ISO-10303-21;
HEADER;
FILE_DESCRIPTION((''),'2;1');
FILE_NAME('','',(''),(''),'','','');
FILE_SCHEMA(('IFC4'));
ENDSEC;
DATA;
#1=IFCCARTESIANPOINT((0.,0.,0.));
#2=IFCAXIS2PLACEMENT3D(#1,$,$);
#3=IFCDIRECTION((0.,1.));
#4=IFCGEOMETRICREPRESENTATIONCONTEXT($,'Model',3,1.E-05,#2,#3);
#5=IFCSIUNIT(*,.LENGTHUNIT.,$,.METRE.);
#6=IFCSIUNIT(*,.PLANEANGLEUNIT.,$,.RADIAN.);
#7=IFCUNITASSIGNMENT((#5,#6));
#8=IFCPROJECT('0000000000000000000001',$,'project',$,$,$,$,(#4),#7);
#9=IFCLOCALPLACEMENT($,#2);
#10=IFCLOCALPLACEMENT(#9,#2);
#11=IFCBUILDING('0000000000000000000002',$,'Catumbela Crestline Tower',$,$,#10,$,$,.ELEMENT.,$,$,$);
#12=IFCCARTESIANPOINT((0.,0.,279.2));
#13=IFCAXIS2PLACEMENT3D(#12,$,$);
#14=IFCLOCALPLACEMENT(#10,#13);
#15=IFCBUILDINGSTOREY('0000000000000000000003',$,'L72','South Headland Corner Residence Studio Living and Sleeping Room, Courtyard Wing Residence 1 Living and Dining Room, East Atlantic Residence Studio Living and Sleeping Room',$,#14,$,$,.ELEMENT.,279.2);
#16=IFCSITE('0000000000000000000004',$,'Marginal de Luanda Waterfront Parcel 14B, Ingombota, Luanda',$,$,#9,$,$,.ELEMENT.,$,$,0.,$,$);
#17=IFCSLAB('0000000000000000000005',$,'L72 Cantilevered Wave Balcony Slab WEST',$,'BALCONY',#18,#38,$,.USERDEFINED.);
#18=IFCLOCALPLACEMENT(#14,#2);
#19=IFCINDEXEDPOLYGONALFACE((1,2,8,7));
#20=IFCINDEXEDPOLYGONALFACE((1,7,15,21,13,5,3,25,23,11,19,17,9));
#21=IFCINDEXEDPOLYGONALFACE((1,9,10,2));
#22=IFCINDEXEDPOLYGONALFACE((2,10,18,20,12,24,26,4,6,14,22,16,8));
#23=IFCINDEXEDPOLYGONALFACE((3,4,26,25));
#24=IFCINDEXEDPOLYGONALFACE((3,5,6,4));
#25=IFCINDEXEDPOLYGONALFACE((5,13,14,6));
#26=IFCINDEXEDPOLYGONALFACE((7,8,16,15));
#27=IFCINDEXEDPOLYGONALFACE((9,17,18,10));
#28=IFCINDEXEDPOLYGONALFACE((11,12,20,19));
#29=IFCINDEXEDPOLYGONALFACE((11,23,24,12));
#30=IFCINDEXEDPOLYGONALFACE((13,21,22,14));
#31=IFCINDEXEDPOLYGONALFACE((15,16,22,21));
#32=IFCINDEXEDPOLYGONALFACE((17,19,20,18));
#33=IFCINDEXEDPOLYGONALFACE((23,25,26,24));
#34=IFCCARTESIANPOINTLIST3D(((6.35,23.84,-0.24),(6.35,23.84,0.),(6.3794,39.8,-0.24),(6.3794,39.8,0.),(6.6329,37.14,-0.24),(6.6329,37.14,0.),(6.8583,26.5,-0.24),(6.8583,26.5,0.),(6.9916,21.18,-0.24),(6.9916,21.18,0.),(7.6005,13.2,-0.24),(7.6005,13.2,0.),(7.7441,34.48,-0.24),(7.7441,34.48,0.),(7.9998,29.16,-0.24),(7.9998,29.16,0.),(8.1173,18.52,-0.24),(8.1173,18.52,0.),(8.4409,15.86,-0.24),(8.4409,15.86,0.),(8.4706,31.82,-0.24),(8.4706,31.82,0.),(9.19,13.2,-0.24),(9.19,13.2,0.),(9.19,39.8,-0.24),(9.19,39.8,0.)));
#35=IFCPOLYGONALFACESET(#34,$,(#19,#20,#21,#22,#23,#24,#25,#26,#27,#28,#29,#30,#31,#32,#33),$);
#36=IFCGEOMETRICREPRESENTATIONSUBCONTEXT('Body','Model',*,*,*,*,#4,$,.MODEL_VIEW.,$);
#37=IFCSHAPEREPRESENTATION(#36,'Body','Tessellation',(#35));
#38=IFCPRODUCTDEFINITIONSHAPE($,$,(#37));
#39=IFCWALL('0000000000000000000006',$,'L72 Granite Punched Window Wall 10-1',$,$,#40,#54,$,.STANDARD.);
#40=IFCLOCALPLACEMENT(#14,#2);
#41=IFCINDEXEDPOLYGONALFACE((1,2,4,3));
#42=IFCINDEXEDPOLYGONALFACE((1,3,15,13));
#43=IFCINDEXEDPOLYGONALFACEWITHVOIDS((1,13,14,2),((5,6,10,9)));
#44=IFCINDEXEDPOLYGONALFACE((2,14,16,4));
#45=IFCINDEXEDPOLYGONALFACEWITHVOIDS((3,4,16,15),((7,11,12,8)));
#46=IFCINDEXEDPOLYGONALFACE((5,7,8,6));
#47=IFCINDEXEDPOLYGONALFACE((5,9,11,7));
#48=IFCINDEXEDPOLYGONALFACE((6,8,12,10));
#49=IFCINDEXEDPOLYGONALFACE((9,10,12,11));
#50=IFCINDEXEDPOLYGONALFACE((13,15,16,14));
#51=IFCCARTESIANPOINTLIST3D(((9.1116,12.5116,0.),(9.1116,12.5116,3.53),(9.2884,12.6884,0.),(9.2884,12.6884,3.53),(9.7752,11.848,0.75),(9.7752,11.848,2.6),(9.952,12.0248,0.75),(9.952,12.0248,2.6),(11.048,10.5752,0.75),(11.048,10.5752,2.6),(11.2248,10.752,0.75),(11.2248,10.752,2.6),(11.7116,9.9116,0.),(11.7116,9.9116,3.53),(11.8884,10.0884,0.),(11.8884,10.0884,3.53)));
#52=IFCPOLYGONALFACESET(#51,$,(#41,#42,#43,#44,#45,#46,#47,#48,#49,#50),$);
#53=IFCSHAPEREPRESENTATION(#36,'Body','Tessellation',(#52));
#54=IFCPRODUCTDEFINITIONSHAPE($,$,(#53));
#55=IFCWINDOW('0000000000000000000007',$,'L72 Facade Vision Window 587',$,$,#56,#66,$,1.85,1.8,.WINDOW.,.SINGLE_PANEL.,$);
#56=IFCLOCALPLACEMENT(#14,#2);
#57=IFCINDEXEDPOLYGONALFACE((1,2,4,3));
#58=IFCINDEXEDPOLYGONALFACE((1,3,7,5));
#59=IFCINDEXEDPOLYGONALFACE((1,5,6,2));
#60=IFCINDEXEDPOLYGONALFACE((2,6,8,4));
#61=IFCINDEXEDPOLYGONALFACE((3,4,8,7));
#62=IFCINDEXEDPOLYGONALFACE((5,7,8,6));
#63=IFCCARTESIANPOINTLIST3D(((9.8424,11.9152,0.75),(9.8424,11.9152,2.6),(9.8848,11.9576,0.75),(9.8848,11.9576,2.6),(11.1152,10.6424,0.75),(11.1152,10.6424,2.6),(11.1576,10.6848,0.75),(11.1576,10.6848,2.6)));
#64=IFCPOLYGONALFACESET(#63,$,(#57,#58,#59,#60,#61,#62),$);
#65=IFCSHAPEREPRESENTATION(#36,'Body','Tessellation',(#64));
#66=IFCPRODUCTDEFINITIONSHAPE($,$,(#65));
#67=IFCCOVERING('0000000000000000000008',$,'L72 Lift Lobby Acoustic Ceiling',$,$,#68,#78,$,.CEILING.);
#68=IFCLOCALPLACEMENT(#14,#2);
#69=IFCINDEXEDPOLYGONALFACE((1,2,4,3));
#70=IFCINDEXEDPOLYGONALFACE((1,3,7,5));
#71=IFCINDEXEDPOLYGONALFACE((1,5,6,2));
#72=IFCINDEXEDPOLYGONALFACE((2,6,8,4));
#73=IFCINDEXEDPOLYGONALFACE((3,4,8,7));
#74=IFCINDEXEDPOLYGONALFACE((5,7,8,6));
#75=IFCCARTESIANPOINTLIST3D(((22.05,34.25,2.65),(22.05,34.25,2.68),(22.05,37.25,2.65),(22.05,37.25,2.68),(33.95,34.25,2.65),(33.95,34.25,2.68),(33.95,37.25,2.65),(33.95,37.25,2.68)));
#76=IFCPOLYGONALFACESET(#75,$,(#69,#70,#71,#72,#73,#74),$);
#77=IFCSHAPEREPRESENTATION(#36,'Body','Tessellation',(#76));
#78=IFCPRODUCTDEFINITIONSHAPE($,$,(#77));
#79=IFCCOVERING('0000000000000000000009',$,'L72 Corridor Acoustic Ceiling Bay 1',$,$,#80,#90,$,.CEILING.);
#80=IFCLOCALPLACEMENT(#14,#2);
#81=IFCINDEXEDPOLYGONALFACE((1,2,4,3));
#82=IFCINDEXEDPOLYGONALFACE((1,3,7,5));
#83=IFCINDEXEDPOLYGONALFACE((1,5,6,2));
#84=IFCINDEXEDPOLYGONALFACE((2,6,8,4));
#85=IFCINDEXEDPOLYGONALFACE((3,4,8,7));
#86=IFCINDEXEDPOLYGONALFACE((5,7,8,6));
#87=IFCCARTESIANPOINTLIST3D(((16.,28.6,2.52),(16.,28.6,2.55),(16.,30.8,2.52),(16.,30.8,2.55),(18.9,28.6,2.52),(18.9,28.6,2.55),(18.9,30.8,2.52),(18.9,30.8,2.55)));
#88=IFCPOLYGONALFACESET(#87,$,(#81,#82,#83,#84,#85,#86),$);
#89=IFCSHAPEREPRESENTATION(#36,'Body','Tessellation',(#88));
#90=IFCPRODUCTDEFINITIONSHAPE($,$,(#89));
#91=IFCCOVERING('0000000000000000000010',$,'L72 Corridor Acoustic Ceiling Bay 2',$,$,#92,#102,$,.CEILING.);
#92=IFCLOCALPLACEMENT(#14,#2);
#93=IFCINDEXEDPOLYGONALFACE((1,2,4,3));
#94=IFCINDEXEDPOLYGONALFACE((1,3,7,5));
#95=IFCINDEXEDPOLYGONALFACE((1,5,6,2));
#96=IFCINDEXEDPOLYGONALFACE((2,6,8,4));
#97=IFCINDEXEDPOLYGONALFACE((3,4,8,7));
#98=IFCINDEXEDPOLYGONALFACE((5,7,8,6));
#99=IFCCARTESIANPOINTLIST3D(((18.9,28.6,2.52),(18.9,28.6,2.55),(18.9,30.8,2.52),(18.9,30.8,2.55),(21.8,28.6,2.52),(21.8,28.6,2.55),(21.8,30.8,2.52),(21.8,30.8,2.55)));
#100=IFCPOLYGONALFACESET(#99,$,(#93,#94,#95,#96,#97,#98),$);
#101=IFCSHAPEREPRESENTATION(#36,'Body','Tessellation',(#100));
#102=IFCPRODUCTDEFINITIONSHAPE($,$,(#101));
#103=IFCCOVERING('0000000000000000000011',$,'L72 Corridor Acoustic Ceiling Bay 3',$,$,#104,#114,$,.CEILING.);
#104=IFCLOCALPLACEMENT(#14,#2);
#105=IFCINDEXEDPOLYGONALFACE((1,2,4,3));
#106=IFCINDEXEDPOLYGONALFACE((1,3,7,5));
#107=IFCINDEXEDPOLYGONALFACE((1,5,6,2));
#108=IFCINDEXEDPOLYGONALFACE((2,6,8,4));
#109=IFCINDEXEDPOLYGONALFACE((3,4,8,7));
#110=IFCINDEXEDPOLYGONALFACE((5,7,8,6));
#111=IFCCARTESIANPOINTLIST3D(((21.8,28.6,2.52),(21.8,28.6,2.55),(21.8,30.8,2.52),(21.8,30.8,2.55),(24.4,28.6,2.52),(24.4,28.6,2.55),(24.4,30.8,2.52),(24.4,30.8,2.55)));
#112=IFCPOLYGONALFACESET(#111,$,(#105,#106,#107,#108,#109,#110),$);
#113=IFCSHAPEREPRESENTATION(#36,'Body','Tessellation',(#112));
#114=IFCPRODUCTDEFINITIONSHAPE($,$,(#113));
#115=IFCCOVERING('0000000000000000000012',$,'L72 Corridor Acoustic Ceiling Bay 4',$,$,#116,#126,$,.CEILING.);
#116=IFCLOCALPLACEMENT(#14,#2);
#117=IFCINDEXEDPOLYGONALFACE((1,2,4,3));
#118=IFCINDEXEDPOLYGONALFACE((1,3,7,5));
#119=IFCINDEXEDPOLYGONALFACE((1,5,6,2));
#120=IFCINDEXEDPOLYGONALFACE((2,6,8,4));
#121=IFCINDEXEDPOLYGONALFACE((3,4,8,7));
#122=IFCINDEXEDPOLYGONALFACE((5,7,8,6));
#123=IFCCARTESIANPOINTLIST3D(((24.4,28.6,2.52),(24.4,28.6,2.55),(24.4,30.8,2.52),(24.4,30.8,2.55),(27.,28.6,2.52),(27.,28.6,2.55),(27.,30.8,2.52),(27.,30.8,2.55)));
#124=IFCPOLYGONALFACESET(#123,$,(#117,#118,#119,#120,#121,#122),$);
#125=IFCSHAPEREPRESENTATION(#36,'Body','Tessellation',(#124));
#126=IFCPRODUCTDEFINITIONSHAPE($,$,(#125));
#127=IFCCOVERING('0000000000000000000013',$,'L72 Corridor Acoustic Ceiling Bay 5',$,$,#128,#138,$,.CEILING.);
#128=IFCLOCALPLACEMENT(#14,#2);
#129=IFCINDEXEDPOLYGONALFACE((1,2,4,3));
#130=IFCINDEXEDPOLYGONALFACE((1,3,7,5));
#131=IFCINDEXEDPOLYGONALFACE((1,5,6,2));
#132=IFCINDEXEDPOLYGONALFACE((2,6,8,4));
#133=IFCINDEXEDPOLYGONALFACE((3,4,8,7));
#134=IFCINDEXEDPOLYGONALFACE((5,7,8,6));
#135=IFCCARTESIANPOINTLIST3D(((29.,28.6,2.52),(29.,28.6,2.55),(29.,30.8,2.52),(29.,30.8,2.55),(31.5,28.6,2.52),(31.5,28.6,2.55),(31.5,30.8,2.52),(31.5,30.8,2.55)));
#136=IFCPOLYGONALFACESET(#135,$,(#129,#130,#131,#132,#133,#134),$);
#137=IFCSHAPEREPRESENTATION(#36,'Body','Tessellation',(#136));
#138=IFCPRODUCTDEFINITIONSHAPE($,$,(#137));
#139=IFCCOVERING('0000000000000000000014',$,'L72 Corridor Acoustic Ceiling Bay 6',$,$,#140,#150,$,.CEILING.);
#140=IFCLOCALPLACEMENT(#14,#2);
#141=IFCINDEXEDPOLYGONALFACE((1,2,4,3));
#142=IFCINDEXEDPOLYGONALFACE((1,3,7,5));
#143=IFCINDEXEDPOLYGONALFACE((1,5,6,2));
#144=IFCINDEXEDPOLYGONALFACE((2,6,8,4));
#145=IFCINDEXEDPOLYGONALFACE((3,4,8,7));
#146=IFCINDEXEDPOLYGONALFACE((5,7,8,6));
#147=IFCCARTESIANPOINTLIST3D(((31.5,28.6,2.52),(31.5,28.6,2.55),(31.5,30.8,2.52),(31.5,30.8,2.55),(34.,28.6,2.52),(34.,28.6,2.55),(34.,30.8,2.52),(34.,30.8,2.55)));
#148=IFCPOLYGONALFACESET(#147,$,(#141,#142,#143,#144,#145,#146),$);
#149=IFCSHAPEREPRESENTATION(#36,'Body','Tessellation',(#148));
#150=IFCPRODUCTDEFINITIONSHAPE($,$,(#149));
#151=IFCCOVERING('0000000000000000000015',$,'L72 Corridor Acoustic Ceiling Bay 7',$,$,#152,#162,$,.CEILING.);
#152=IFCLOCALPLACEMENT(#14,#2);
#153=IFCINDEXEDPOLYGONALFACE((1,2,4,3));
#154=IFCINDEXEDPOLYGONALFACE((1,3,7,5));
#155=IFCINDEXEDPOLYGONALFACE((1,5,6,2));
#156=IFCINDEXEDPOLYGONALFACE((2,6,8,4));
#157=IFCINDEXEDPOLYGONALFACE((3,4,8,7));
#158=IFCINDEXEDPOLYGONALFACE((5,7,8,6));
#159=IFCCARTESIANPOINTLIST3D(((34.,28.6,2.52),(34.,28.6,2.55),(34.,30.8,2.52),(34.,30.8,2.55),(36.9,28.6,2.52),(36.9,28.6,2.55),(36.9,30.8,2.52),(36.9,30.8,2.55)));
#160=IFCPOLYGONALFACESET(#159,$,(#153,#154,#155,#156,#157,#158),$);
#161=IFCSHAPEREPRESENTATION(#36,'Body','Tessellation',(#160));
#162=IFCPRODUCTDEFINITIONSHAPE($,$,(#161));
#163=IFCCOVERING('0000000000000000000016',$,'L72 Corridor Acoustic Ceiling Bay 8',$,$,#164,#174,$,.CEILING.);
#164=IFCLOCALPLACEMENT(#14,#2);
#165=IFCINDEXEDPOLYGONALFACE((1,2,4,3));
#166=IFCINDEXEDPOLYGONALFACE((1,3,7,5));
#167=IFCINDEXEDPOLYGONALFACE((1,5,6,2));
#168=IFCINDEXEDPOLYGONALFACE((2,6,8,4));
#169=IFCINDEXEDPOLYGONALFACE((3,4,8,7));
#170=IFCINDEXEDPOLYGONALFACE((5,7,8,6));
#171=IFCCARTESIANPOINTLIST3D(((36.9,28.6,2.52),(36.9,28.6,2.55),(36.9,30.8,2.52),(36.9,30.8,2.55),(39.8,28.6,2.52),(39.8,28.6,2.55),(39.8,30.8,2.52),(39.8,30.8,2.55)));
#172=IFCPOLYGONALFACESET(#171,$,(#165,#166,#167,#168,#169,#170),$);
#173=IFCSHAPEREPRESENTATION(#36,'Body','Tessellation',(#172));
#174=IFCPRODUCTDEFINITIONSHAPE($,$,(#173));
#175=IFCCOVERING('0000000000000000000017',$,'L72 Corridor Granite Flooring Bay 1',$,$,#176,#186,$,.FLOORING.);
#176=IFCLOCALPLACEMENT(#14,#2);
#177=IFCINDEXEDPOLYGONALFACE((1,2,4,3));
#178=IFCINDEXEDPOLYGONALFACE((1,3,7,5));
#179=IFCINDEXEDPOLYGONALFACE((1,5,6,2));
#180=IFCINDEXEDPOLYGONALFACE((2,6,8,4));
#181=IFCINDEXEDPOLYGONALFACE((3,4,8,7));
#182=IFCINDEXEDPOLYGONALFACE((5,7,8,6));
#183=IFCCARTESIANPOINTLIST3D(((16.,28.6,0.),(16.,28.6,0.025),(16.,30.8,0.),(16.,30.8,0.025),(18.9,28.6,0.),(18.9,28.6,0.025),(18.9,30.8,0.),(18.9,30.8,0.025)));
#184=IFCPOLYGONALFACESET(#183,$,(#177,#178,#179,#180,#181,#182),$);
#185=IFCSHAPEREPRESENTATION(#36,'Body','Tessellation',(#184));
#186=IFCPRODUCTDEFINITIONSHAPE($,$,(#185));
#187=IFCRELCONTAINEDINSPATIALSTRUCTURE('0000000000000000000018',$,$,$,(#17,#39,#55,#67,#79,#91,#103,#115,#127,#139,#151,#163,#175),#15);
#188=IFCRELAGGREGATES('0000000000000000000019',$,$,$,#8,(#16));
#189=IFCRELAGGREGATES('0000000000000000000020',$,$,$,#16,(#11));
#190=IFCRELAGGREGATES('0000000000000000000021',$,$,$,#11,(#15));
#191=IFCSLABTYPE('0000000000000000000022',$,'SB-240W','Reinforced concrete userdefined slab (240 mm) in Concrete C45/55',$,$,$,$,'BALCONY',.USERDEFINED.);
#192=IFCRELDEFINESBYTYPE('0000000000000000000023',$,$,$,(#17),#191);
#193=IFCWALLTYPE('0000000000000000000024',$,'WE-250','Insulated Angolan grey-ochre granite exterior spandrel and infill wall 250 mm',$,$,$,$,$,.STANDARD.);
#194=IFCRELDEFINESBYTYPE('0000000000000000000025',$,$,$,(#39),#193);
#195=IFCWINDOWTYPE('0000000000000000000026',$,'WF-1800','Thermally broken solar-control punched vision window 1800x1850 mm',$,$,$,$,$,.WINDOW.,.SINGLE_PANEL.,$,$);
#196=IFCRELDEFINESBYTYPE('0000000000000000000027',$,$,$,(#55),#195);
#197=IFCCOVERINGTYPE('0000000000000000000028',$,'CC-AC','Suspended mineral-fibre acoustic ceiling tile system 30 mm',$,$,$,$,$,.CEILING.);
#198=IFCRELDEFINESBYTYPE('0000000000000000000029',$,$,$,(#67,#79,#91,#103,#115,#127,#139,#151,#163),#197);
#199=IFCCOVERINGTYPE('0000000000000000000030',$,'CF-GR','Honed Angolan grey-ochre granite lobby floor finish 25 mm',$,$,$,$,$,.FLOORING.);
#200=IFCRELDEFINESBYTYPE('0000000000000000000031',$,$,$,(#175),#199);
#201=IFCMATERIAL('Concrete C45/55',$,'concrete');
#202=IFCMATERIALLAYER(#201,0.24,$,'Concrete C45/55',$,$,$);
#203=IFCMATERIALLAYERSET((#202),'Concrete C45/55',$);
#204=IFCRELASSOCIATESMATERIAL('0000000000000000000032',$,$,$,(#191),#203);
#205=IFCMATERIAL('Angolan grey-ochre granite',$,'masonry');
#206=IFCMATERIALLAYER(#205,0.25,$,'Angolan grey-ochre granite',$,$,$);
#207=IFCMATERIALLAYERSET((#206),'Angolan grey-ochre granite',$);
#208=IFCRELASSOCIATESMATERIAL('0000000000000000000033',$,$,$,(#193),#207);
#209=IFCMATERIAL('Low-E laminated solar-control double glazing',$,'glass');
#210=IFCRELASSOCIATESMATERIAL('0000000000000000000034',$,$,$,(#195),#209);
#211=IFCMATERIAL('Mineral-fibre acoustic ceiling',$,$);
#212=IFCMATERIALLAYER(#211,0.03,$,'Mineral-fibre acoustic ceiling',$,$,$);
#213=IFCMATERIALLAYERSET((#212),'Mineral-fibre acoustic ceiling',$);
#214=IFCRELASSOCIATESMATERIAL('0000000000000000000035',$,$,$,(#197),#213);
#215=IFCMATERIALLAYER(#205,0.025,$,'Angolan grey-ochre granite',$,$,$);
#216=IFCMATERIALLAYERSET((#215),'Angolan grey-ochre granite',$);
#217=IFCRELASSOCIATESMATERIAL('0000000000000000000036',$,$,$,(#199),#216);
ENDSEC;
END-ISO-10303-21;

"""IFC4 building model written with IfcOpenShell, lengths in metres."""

from ifc_helpers import new_model, si_unit, direction, frame, frame_2d, origin, place, context, subcontext, project, spatial, polyline, rectangle, outline, extrude, material, layer, layer_set, type_object, element, fill, save


model = new_model("IFC4")

# Units and contexts
model_context = context("Model", 3, precision=1e-05, world=origin(), true_north=direction((0.0, 1.0)))
body_context = subcontext(model_context, "Body", "Model", "MODEL_VIEW")
ifc_project = project(units=[si_unit("LENGTHUNIT", "METRE"), si_unit("PLANEANGLEUNIT", "RADIAN")], contexts=[model_context])

# Site, building, storey
site_placement = place(None, origin())
site = spatial("IfcSite", under=ifc_project, at=site_placement, Name="Marginal de Luanda Waterfront Parcel 14B, Ingombota, Luanda", CompositionType="ELEMENT", RefElevation=0.0)
building_placement = place(site_placement, origin())
building = spatial("IfcBuilding", under=site, at=building_placement, Name="Catumbela Crestline Tower", CompositionType="ELEMENT")
storey_placement = place(building_placement, frame((0.0, 0.0, 279.2)))
storey = spatial("IfcBuildingStorey", under=building, at=storey_placement, Name="L72", Description="South Headland Corner Residence Studio Living and Sleeping Room, Courtyard Wing Residence 1 Living and Dining Room, East Atlantic Residence Studio Living and Sleeping Room", CompositionType="ELEMENT", Elevation=279.2)

# Shared definitions
ifc_material_1 = material(Name="Low-E laminated solar-control double glazing", Category="glass")

# Shared definitions
ifc_material_2 = material(Name="Concrete C45/55", Category="concrete")

# Slab
ifc_layer_1 = layer(ifc_material_2, 0.24, Name="Concrete C45/55")
ifc_layer_set_1 = layer_set([ifc_layer_1], Name="Concrete C45/55")
slab_type_1 = type_object("IfcSlabType", Name="SB-240W", Description="Reinforced concrete userdefined slab (240 mm) in Concrete C45/55", ElementType="BALCONY", PredefinedType="USERDEFINED", material=ifc_layer_set_1)
slab_1_placement = place(storey_placement, frame((0.0, 0.0, -0.24)))
element("IfcSlab", 1, at=slab_1_placement, inside=storey, type_object=slab_type_1, Name="L72 Cantilevered Wave Balcony Slab WEST", ObjectType="BALCONY", PredefinedType="USERDEFINED", context=body_context, shape_type="SweptSolid", body=[
    extrude(outline(polyline([(9.19, 39.8), (6.3794, 39.8), (6.6329, 37.14), (7.7441, 34.48), (8.4706, 31.82), (7.9998, 29.16), (6.8583, 26.5), (6.35, 23.84), (6.9916, 21.18), (8.1173, 18.52), (8.4409, 15.86), (7.6005, 13.2), (9.19, 13.2), (9.19, 39.8)])), origin(), (0.0, 0.0, 1.0), 0.24),
])

# Wall, opening, window
ifc_material_3 = material(Name="Angolan grey-ochre granite", Category="masonry")
ifc_layer_2 = layer(ifc_material_3, 0.25, Name="Angolan grey-ochre granite")
ifc_layer_set_2 = layer_set([ifc_layer_2], Name="Angolan grey-ochre granite")
wall_type = type_object("IfcWallType", Name="WE-250", Description="Insulated Angolan grey-ochre granite exterior spandrel and infill wall 250 mm", PredefinedType="STANDARD", material=ifc_layer_set_2)
wall_placement = place(storey_placement, frame((9.2, 12.6, 0.0), z_axis=(0.0, 0.0, 1.0), x_axis=(0.707107, -0.707107, 0.0)))
wall = element("IfcWall", 2, at=wall_placement, inside=storey, type_object=wall_type, Name="L72 Granite Punched Window Wall 10-1", PredefinedType="STANDARD", context=body_context, shape_type="SweptSolid", body=[
    extrude(rectangle(XDim=3.677, YDim=0.25, at=frame_2d((1.8385, 0.0))), origin(), (0.0, 0.0, 1.0), 3.53),
])
opening_placement = place(wall_placement, frame((0.9385, 0.0, 0.75)))
opening = element("IfcOpeningElement", 3, at=opening_placement, cuts=wall, PredefinedType="OPENING", context=body_context, shape_type="SweptSolid", body=[
    extrude(rectangle(XDim=1.8, YDim=1.85, at=frame_2d((0.9, 0.925))), frame((0.0, 0.135, 0.0), z_axis=(0.0, -1.0, 0.0), x_axis=(1.0, 0.0, 0.0)), (0.0, 0.0, 1.0), 0.27),
])
window_type = type_object("IfcWindowType", Name="WF-1800", Description="Thermally broken solar-control punched vision window 1800x1850 mm", PartitioningType="SINGLE_PANEL", PredefinedType="WINDOW", material=ifc_material_1)
window_placement = place(opening_placement, origin())
window = element("IfcWindow", 4, at=window_placement, inside=storey, type_object=window_type, Name="L72 Facade Vision Window 587", OverallHeight=1.85, OverallWidth=1.8, PartitioningType="SINGLE_PANEL", PredefinedType="WINDOW", context=body_context, shape_type="SweptSolid", body=[
    extrude(rectangle(XDim=1.8, YDim=1.85, at=frame_2d((0.9, 0.925))), frame((0.0, 0.03, 0.0), z_axis=(0.0, -1.0, 0.0), x_axis=(1.0, 0.0, 0.0)), (0.0, 0.0, 1.0), 0.06),
])
fill(opening, window)

# Coverings
ifc_material_4 = material(Name="Mineral-fibre acoustic ceiling")
ifc_layer_3 = layer(ifc_material_4, 0.03, Name="Mineral-fibre acoustic ceiling")
ifc_layer_set_3 = layer_set([ifc_layer_3], Name="Mineral-fibre acoustic ceiling")
covering_type_1 = type_object("IfcCoveringType", Name="CC-AC", Description="Suspended mineral-fibre acoustic ceiling tile system 30 mm", PredefinedType="CEILING", material=ifc_layer_set_3)
covering_1_placement = place(storey_placement, frame((0.0, 0.0, 2.65)))
element("IfcCovering", 5, at=covering_1_placement, inside=storey, type_object=covering_type_1, Name="L72 Lift Lobby Acoustic Ceiling", PredefinedType="CEILING", context=body_context, shape_type="SweptSolid", body=[
    extrude(outline(polyline([(22.05, 34.25), (33.95, 34.25), (33.95, 37.25), (22.05, 37.25), (22.05, 34.25)])), origin(), (0.0, 0.0, 1.0), 0.03),
])
covering_2_placement = place(storey_placement, frame((0.0, 0.0, 2.52)))
element("IfcCovering", 6, at=covering_2_placement, inside=storey, type_object=covering_type_1, Name="L72 Corridor Acoustic Ceiling Bay 1", PredefinedType="CEILING", context=body_context, shape_type="SweptSolid", body=[
    extrude(outline(polyline([(16.0, 28.6), (18.9, 28.6), (18.9, 30.8), (16.0, 30.8), (16.0, 28.6)])), origin(), (0.0, 0.0, 1.0), 0.03),
])
covering_3_placement = place(storey_placement, frame((0.0, 0.0, 2.52)))
element("IfcCovering", 7, at=covering_3_placement, inside=storey, type_object=covering_type_1, Name="L72 Corridor Acoustic Ceiling Bay 2", PredefinedType="CEILING", context=body_context, shape_type="SweptSolid", body=[
    extrude(outline(polyline([(18.9, 28.6), (21.8, 28.6), (21.8, 30.8), (18.9, 30.8), (18.9, 28.6)])), origin(), (0.0, 0.0, 1.0), 0.03),
])
covering_4_placement = place(storey_placement, frame((0.0, 0.0, 2.52)))
element("IfcCovering", 8, at=covering_4_placement, inside=storey, type_object=covering_type_1, Name="L72 Corridor Acoustic Ceiling Bay 3", PredefinedType="CEILING", context=body_context, shape_type="SweptSolid", body=[
    extrude(outline(polyline([(21.8, 28.6), (24.4, 28.6), (24.4, 30.8), (21.8, 30.8), (21.8, 28.6)])), origin(), (0.0, 0.0, 1.0), 0.03),
])
covering_5_placement = place(storey_placement, frame((0.0, 0.0, 2.52)))
element("IfcCovering", 9, at=covering_5_placement, inside=storey, type_object=covering_type_1, Name="L72 Corridor Acoustic Ceiling Bay 4", PredefinedType="CEILING", context=body_context, shape_type="SweptSolid", body=[
    extrude(outline(polyline([(24.4, 28.6), (27.0, 28.6), (27.0, 30.8), (24.4, 30.8), (24.4, 28.6)])), origin(), (0.0, 0.0, 1.0), 0.03),
])
covering_6_placement = place(storey_placement, frame((0.0, 0.0, 2.52)))
element("IfcCovering", 10, at=covering_6_placement, inside=storey, type_object=covering_type_1, Name="L72 Corridor Acoustic Ceiling Bay 5", PredefinedType="CEILING", context=body_context, shape_type="SweptSolid", body=[
    extrude(outline(polyline([(29.0, 28.6), (31.5, 28.6), (31.5, 30.8), (29.0, 30.8), (29.0, 28.6)])), origin(), (0.0, 0.0, 1.0), 0.03),
])
covering_7_placement = place(storey_placement, frame((0.0, 0.0, 2.52)))
element("IfcCovering", 11, at=covering_7_placement, inside=storey, type_object=covering_type_1, Name="L72 Corridor Acoustic Ceiling Bay 6", PredefinedType="CEILING", context=body_context, shape_type="SweptSolid", body=[
    extrude(outline(polyline([(31.5, 28.6), (34.0, 28.6), (34.0, 30.8), (31.5, 30.8), (31.5, 28.6)])), origin(), (0.0, 0.0, 1.0), 0.03),
])
covering_8_placement = place(storey_placement, frame((0.0, 0.0, 2.52)))
element("IfcCovering", 12, at=covering_8_placement, inside=storey, type_object=covering_type_1, Name="L72 Corridor Acoustic Ceiling Bay 7", PredefinedType="CEILING", context=body_context, shape_type="SweptSolid", body=[
    extrude(outline(polyline([(34.0, 28.6), (36.9, 28.6), (36.9, 30.8), (34.0, 30.8), (34.0, 28.6)])), origin(), (0.0, 0.0, 1.0), 0.03),
])
covering_9_placement = place(storey_placement, frame((0.0, 0.0, 2.52)))
element("IfcCovering", 13, at=covering_9_placement, inside=storey, type_object=covering_type_1, Name="L72 Corridor Acoustic Ceiling Bay 8", PredefinedType="CEILING", context=body_context, shape_type="SweptSolid", body=[
    extrude(outline(polyline([(36.9, 28.6), (39.8, 28.6), (39.8, 30.8), (36.9, 30.8), (36.9, 28.6)])), origin(), (0.0, 0.0, 1.0), 0.03),
])
ifc_layer_4 = layer(ifc_material_3, 0.025, Name="Angolan grey-ochre granite")
ifc_layer_set_4 = layer_set([ifc_layer_4], Name="Angolan grey-ochre granite")
covering_type_2 = type_object("IfcCoveringType", Name="CF-GR", Description="Honed Angolan grey-ochre granite lobby floor finish 25 mm", PredefinedType="FLOORING", material=ifc_layer_set_4)
covering_10_placement = place(storey_placement, origin())
element("IfcCovering", 14, at=covering_10_placement, inside=storey, type_object=covering_type_2, Name="L72 Corridor Granite Flooring Bay 1", PredefinedType="FLOORING", context=body_context, shape_type="SweptSolid", body=[
    extrude(outline(polyline([(16.0, 28.6), (18.9, 28.6), (18.9, 30.8), (16.0, 30.8), (16.0, 28.6)])), origin(), (0.0, 0.0, 1.0), 0.025),
])

save(model, "model.ifc")
